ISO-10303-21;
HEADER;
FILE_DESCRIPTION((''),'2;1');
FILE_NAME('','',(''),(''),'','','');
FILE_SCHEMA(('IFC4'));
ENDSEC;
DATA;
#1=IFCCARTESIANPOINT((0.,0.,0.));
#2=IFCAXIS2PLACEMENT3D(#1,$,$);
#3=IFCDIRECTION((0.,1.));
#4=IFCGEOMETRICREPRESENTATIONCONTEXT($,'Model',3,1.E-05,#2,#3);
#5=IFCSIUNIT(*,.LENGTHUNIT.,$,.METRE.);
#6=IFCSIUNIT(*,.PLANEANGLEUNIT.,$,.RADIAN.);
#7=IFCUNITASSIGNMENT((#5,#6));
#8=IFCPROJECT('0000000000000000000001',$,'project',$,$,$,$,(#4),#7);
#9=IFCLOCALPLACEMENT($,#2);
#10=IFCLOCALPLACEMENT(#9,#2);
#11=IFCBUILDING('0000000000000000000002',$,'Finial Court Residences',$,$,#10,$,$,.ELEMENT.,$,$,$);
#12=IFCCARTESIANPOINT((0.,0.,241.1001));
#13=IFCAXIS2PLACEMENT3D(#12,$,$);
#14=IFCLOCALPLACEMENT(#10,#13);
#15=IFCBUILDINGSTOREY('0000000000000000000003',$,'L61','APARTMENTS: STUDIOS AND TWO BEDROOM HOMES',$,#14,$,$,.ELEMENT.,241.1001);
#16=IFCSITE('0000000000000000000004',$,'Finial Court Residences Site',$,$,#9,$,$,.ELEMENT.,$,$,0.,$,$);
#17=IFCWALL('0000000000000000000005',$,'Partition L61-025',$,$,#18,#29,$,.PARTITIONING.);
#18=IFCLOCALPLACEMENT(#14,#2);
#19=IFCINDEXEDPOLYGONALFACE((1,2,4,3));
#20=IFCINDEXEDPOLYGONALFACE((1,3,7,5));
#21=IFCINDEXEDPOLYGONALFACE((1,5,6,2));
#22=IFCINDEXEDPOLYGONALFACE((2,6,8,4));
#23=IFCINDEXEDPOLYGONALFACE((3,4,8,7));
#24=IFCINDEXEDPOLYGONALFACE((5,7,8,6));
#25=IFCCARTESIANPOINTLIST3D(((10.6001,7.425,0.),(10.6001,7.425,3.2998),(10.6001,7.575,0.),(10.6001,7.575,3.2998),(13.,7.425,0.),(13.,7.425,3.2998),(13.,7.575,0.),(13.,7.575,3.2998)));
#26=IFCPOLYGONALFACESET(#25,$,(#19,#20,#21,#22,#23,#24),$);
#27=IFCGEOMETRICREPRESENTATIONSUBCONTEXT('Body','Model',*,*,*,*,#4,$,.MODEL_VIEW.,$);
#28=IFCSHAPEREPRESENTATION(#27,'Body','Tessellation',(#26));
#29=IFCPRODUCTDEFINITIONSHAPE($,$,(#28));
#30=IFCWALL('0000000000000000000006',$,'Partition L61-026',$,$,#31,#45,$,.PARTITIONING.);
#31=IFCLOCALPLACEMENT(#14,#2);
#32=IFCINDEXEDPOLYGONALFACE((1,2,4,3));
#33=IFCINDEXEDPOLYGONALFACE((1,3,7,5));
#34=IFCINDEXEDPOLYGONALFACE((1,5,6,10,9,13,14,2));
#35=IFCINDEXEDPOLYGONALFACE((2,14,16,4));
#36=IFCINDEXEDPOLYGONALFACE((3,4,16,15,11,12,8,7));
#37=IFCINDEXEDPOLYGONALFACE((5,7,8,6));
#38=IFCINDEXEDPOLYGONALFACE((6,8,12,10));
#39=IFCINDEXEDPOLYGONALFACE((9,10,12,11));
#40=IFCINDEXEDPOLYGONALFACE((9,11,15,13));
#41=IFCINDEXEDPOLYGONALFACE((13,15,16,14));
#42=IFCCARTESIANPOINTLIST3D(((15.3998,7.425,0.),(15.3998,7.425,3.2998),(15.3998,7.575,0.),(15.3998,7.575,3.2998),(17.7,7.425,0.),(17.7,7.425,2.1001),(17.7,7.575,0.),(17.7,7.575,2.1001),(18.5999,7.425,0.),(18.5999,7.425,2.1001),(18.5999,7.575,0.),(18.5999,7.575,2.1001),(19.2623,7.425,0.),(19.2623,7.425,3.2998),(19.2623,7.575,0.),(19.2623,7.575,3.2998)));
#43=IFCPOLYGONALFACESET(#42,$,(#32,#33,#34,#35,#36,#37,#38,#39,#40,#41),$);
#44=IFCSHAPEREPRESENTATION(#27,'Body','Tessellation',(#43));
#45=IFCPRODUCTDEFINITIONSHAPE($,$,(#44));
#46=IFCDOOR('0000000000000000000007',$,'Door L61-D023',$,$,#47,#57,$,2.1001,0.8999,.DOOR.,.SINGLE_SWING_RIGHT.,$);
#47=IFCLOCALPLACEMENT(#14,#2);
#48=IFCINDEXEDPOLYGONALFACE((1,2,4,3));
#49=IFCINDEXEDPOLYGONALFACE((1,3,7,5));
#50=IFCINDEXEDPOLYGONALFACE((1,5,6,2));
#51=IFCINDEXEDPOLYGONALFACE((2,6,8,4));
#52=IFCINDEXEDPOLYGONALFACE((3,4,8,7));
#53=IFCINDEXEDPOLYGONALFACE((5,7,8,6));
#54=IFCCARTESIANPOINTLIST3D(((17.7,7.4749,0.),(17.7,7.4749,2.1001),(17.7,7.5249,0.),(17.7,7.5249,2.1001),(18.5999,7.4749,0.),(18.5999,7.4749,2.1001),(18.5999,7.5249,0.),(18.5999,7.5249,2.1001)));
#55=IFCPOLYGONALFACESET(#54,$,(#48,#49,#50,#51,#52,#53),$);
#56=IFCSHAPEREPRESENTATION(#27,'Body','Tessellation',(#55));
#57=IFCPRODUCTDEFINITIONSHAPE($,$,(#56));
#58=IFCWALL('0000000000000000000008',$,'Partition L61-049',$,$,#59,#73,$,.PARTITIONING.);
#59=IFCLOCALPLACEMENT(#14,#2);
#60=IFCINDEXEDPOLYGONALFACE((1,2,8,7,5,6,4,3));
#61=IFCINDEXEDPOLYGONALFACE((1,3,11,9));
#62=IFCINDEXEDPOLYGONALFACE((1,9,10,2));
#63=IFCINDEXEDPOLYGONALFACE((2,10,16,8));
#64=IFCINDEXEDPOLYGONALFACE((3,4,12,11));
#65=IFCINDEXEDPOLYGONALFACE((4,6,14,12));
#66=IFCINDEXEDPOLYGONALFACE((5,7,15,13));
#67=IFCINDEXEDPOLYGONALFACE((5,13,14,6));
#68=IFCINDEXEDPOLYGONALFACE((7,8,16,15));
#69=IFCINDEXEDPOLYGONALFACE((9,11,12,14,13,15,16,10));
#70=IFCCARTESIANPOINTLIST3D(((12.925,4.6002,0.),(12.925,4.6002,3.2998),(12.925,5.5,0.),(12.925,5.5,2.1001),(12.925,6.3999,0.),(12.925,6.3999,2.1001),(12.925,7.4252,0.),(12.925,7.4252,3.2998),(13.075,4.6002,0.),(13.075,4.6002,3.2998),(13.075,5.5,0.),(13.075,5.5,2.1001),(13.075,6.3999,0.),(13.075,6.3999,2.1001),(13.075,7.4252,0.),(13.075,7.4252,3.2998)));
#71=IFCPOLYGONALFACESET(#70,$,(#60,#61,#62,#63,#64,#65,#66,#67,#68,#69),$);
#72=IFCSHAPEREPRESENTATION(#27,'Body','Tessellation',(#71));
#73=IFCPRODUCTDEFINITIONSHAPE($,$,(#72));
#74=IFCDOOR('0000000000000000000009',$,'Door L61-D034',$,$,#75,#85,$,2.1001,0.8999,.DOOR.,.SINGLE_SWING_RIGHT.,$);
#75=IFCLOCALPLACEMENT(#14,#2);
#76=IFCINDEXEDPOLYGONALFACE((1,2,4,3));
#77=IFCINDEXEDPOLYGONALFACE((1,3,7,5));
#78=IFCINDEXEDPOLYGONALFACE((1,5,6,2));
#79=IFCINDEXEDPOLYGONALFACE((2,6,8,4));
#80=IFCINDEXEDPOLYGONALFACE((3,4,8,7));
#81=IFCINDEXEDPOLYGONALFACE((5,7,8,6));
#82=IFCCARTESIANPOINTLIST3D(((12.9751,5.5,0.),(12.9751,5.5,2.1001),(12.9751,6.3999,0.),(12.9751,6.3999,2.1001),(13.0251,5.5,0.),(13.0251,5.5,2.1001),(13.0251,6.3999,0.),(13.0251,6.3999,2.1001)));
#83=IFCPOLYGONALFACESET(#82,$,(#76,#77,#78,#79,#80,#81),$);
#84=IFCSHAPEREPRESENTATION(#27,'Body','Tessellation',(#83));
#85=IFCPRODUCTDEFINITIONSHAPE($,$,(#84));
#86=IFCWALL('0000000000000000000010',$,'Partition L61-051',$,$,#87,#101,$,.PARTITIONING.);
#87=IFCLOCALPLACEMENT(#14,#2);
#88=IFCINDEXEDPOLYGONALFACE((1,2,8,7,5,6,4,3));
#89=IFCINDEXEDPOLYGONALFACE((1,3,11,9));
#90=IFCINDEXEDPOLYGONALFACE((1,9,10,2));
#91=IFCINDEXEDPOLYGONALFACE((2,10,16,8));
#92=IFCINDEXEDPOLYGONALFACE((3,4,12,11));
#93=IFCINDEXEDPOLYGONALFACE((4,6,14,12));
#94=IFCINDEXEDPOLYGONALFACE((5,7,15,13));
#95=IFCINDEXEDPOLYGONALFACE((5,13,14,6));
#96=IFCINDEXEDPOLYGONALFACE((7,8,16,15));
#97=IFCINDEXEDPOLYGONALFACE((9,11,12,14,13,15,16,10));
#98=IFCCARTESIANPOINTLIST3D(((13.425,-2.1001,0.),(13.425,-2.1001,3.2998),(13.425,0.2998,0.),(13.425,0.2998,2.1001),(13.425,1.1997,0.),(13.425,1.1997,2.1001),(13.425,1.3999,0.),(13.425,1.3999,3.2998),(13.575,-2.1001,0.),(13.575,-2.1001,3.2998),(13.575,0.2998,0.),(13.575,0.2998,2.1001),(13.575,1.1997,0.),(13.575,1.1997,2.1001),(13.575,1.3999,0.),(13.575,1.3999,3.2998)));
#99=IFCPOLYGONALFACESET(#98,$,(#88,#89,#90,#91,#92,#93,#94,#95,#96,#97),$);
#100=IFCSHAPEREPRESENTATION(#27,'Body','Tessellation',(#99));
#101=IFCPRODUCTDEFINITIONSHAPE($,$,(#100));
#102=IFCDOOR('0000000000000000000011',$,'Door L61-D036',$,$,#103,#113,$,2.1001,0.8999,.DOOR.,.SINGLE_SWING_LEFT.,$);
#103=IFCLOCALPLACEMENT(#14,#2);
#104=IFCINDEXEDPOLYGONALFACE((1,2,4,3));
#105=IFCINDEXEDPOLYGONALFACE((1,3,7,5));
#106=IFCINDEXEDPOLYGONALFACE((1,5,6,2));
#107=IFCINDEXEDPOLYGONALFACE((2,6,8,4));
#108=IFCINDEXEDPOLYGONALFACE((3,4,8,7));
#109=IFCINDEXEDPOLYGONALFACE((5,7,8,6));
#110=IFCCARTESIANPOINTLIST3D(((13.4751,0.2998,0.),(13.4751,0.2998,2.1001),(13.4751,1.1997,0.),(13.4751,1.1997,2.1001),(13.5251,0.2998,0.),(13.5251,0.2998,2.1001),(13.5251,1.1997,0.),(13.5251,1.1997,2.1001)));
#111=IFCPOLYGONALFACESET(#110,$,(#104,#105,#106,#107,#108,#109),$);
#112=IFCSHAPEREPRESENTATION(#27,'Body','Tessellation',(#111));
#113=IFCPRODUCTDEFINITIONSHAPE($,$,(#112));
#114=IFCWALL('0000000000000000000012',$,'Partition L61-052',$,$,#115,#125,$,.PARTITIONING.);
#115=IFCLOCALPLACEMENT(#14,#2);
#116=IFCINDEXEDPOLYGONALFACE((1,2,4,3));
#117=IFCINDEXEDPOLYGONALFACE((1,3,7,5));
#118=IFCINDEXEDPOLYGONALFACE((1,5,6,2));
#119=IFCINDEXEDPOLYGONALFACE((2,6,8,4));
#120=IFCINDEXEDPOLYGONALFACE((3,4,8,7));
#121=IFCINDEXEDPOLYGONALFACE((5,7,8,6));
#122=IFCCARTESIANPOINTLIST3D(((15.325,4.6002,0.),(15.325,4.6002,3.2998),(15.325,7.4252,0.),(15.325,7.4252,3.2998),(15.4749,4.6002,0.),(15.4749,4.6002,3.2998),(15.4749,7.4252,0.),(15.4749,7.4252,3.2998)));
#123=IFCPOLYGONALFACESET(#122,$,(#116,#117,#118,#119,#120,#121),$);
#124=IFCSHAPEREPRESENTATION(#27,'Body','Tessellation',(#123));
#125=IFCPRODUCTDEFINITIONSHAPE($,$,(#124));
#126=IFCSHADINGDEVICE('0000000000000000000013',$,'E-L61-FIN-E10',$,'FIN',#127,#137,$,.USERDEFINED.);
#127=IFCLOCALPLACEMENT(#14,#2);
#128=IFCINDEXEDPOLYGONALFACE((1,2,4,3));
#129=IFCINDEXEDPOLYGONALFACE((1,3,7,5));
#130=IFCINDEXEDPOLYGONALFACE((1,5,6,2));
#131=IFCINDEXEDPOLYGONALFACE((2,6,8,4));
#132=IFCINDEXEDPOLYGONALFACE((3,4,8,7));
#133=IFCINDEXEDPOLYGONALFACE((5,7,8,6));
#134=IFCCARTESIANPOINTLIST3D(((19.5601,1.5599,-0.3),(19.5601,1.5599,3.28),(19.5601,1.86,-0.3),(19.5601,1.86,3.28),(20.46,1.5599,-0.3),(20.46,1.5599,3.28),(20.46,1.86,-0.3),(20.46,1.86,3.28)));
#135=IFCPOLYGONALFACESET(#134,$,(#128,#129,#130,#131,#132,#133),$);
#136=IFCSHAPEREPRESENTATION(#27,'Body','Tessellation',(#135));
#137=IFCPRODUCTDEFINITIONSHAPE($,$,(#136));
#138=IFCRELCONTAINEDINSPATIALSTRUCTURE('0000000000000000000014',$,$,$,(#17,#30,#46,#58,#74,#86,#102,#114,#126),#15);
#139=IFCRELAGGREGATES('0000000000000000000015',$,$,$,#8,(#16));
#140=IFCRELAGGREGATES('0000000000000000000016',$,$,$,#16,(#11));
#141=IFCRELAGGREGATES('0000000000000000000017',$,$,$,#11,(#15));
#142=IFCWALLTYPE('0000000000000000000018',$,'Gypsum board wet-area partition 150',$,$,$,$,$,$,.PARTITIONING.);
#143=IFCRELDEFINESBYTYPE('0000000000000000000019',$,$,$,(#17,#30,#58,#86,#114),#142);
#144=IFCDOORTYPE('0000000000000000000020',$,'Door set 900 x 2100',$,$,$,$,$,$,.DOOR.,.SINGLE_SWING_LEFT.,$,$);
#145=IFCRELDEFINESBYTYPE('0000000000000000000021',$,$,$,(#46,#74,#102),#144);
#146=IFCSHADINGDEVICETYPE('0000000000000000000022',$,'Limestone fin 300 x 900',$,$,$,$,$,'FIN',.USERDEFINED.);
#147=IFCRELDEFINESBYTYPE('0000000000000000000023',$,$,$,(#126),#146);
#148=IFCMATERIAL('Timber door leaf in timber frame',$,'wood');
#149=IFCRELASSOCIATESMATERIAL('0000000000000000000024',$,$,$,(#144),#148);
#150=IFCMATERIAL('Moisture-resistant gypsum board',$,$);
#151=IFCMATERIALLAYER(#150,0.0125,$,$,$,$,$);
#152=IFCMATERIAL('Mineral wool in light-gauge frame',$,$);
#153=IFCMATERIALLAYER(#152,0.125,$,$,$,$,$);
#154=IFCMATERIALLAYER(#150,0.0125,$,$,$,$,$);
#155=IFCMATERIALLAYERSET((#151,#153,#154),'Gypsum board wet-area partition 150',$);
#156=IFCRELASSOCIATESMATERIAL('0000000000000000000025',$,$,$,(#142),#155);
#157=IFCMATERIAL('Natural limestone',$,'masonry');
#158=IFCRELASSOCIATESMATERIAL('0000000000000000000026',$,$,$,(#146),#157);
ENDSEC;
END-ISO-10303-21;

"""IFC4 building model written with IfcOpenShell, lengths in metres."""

from ifc_helpers import new_model, si_unit, direction, frame, frame_2d, origin, origin_2d, place, context, subcontext, project, spatial, rectangle, extrude, material, layer, layer_set, type_object, element, fill, save


model = new_model("IFC4")

# Units and contexts
model_context = context("Model", 3, precision=1e-05, world=origin(), true_north=direction((0.0, 1.0)))
body_context = subcontext(model_context, "Body", "Model", "MODEL_VIEW")
ifc_project = project(units=[si_unit("LENGTHUNIT", "METRE"), si_unit("PLANEANGLEUNIT", "RADIAN")], contexts=[model_context])

# Site, building, storey
site_placement = place(None, origin())
site = spatial("IfcSite", under=ifc_project, at=site_placement, Name="Finial Court Residences Site", CompositionType="ELEMENT", RefElevation=0.0)
building_placement = place(site_placement, origin())
building = spatial("IfcBuilding", under=site, at=building_placement, Name="Finial Court Residences", CompositionType="ELEMENT")
storey_placement = place(building_placement, frame((0.0, 0.0, 241.1001)))
storey = spatial("IfcBuildingStorey", under=building, at=storey_placement, Name="L61", Description="APARTMENTS: STUDIOS AND TWO BEDROOM HOMES", CompositionType="ELEMENT", Elevation=241.1001)

# Shared definitions
ifc_material_1 = material(Name="Mineral wool in light-gauge frame")
ifc_material_2 = material(Name="Timber door leaf in timber frame", Category="wood")
door_type = type_object("IfcDoorType", Name="Door set 900 x 2100", OperationType="SINGLE_SWING_LEFT", PredefinedType="DOOR", material=ifc_material_2)

# Wall
ifc_material_3 = material(Name="Moisture-resistant gypsum board")
ifc_layer_1 = layer(ifc_material_3, 0.0125)
ifc_layer_2 = layer(ifc_material_1, 0.125)
ifc_layer_3 = layer(ifc_material_3, 0.0125)
ifc_layer_set_1 = layer_set([ifc_layer_1, ifc_layer_2, ifc_layer_3], Name="Gypsum board wet-area partition 150")
wall_type_1 = type_object("IfcWallType", Name="Gypsum board wet-area partition 150", PredefinedType="PARTITIONING", material=ifc_layer_set_1)
wall_1_placement = place(storey_placement, frame((10.6001, 7.5, 0.0), z_axis=(0.0, 0.0, 1.0), x_axis=(1.0, 0.0, 0.0)))
element("IfcWall", 1, at=wall_1_placement, inside=storey, type_object=wall_type_1, Name="Partition L61-025", PredefinedType="PARTITIONING", context=body_context, shape_type="SweptSolid", body=[
    extrude(rectangle(XDim=2.3999, YDim=0.1499, at=frame_2d((1.2, 0.0))), origin(), (0.0, 0.0, 1.0), 3.2998),
])

# Walls, openings, doors
wall_2_placement = place(storey_placement, frame((15.3999, 7.5, 0.0), z_axis=(0.0, 0.0, 1.0), x_axis=(1.0, 0.0, 0.0)))
wall_2 = element("IfcWall", 2, at=wall_2_placement, inside=storey, type_object=wall_type_1, Name="Partition L61-026", PredefinedType="PARTITIONING", context=body_context, shape_type="SweptSolid", body=[
    extrude(rectangle(XDim=3.8625, YDim=0.1499, at=frame_2d((1.9312, 0.0))), origin(), (0.0, 0.0, 1.0), 3.2998),
])
opening_1_placement = place(wall_2_placement, frame((2.3, 0.0, 0.0)))
opening_1 = element("IfcOpeningElement", 3, at=opening_1_placement, cuts=wall_2, PredefinedType="OPENING", context=body_context, shape_type="SweptSolid", body=[
    extrude(rectangle(XDim=0.8999, YDim=2.1001, at=frame_2d((0.45, 1.05))), frame((0.0, 0.085, 0.0), z_axis=(0.0, -1.0, 0.0), x_axis=(1.0, 0.0, 0.0)), (0.0, 0.0, 1.0), 0.1699),
])
door_1_placement = place(opening_1_placement, origin())
door_1 = element("IfcDoor", 4, at=door_1_placement, inside=storey, type_object=door_type, Name="Door L61-D023", OperationType="SINGLE_SWING_RIGHT", OverallHeight=2.1001, OverallWidth=0.8999, PredefinedType="DOOR", context=body_context, shape_type="SweptSolid", body=[
    extrude(rectangle(XDim=0.8999, YDim=2.1001, at=frame_2d((0.45, 1.05))), frame((0.0, 0.0249, 0.0), z_axis=(0.0, -1.0, 0.0), x_axis=(1.0, 0.0, 0.0)), (0.0, 0.0, 1.0), 0.05),
])
fill(opening_1, door_1)
wall_3_placement = place(storey_placement, frame((13.0, 4.6001, 0.0), z_axis=(0.0, 0.0, 1.0), x_axis=(0.0, 1.0, 0.0)))
wall_3 = element("IfcWall", 5, at=wall_3_placement, inside=storey, type_object=wall_type_1, Name="Partition L61-049", PredefinedType="PARTITIONING", context=body_context, shape_type="SweptSolid", body=[
    extrude(rectangle(XDim=2.825, YDim=0.1499, at=frame_2d((1.4126, 0.0))), origin(), (0.0, 0.0, 1.0), 3.2998),
])
opening_2_placement = place(wall_3_placement, frame((0.8999, 0.0, 0.0)))
opening_2 = element("IfcOpeningElement", 6, at=opening_2_placement, cuts=wall_3, PredefinedType="OPENING", context=body_context, shape_type="SweptSolid", body=[
    extrude(rectangle(XDim=0.8999, YDim=2.1001, at=frame_2d((0.45, 1.05))), frame((0.0, 0.085, 0.0), z_axis=(0.0, -1.0, 0.0), x_axis=(1.0, 0.0, 0.0)), (0.0, 0.0, 1.0), 0.1699),
])
door_2_placement = place(opening_2_placement, origin())
door_2 = element("IfcDoor", 7, at=door_2_placement, inside=storey, type_object=door_type, Name="Door L61-D034", OperationType="SINGLE_SWING_RIGHT", OverallHeight=2.1001, OverallWidth=0.8999, PredefinedType="DOOR", context=body_context, shape_type="SweptSolid", body=[
    extrude(rectangle(XDim=0.8999, YDim=2.1001, at=frame_2d((0.45, 1.05))), frame((0.0, 0.0249, 0.0), z_axis=(0.0, -1.0, 0.0), x_axis=(1.0, 0.0, 0.0)), (0.0, 0.0, 1.0), 0.05),
])
fill(opening_2, door_2)
wall_4_placement = place(storey_placement, frame((13.5, -2.1001, 0.0), z_axis=(0.0, 0.0, 1.0), x_axis=(0.0, 1.0, 0.0)))
wall_4 = element("IfcWall", 8, at=wall_4_placement, inside=storey, type_object=wall_type_1, Name="Partition L61-051", PredefinedType="PARTITIONING", context=body_context, shape_type="SweptSolid", body=[
    extrude(rectangle(XDim=3.5, YDim=0.1499, at=frame_2d((1.75, 0.0))), origin(), (0.0, 0.0, 1.0), 3.2998),
])
opening_3_placement = place(wall_4_placement, frame((2.3999, 0.0, 0.0)))
opening_3 = element("IfcOpeningElement", 9, at=opening_3_placement, cuts=wall_4, PredefinedType="OPENING", context=body_context, shape_type="SweptSolid", body=[
    extrude(rectangle(XDim=0.8999, YDim=2.1001, at=frame_2d((0.45, 1.05))), frame((0.0, 0.085, 0.0), z_axis=(0.0, -1.0, 0.0), x_axis=(1.0, 0.0, 0.0)), (0.0, 0.0, 1.0), 0.1699),
])
door_3_placement = place(opening_3_placement, origin())
door_3 = element("IfcDoor", 10, at=door_3_placement, inside=storey, type_object=door_type, Name="Door L61-D036", OperationType="SINGLE_SWING_LEFT", OverallHeight=2.1001, OverallWidth=0.8999, PredefinedType="DOOR", context=body_context, shape_type="SweptSolid", body=[
    extrude(rectangle(XDim=0.8999, YDim=2.1001, at=frame_2d((0.45, 1.05))), frame((0.0, 0.0249, 0.0), z_axis=(0.0, -1.0, 0.0), x_axis=(1.0, 0.0, 0.0)), (0.0, 0.0, 1.0), 0.05),
])
fill(opening_3, door_3)

# Wall
wall_5_placement = place(storey_placement, frame((15.3999, 4.6001, 0.0), z_axis=(0.0, 0.0, 1.0), x_axis=(0.0, 1.0, 0.0)))
element("IfcWall", 11, at=wall_5_placement, inside=storey, type_object=wall_type_1, Name="Partition L61-052", PredefinedType="PARTITIONING", context=body_context, shape_type="SweptSolid", body=[
    extrude(rectangle(XDim=2.825, YDim=0.1499, at=frame_2d((1.4126, 0.0))), origin(), (0.0, 0.0, 1.0), 3.2998),
])

# Shading device
ifc_material_4 = material(Name="Natural limestone", Category="masonry")
shading_device_type = type_object("IfcShadingDeviceType", Name="Limestone fin 300 x 900", ElementType="FIN", PredefinedType="USERDEFINED", material=ifc_material_4)
shading_device_placement = place(storey_placement, frame((20.01, 1.71, -0.3), z_axis=(0.0, 0.0, 1.0), x_axis=(1.0, 0.0, 0.0)))
element("IfcShadingDevice", 12, at=shading_device_placement, inside=storey, type_object=shading_device_type, Name="E-L61-FIN-E10", ObjectType="FIN", PredefinedType="USERDEFINED", context=body_context, shape_type="SweptSolid", body=[
    extrude(rectangle(XDim=0.8999, YDim=0.3, at=origin_2d()), origin(), (0.0, 0.0, 1.0), 3.5801),
])

save(model, "model.ifc")
